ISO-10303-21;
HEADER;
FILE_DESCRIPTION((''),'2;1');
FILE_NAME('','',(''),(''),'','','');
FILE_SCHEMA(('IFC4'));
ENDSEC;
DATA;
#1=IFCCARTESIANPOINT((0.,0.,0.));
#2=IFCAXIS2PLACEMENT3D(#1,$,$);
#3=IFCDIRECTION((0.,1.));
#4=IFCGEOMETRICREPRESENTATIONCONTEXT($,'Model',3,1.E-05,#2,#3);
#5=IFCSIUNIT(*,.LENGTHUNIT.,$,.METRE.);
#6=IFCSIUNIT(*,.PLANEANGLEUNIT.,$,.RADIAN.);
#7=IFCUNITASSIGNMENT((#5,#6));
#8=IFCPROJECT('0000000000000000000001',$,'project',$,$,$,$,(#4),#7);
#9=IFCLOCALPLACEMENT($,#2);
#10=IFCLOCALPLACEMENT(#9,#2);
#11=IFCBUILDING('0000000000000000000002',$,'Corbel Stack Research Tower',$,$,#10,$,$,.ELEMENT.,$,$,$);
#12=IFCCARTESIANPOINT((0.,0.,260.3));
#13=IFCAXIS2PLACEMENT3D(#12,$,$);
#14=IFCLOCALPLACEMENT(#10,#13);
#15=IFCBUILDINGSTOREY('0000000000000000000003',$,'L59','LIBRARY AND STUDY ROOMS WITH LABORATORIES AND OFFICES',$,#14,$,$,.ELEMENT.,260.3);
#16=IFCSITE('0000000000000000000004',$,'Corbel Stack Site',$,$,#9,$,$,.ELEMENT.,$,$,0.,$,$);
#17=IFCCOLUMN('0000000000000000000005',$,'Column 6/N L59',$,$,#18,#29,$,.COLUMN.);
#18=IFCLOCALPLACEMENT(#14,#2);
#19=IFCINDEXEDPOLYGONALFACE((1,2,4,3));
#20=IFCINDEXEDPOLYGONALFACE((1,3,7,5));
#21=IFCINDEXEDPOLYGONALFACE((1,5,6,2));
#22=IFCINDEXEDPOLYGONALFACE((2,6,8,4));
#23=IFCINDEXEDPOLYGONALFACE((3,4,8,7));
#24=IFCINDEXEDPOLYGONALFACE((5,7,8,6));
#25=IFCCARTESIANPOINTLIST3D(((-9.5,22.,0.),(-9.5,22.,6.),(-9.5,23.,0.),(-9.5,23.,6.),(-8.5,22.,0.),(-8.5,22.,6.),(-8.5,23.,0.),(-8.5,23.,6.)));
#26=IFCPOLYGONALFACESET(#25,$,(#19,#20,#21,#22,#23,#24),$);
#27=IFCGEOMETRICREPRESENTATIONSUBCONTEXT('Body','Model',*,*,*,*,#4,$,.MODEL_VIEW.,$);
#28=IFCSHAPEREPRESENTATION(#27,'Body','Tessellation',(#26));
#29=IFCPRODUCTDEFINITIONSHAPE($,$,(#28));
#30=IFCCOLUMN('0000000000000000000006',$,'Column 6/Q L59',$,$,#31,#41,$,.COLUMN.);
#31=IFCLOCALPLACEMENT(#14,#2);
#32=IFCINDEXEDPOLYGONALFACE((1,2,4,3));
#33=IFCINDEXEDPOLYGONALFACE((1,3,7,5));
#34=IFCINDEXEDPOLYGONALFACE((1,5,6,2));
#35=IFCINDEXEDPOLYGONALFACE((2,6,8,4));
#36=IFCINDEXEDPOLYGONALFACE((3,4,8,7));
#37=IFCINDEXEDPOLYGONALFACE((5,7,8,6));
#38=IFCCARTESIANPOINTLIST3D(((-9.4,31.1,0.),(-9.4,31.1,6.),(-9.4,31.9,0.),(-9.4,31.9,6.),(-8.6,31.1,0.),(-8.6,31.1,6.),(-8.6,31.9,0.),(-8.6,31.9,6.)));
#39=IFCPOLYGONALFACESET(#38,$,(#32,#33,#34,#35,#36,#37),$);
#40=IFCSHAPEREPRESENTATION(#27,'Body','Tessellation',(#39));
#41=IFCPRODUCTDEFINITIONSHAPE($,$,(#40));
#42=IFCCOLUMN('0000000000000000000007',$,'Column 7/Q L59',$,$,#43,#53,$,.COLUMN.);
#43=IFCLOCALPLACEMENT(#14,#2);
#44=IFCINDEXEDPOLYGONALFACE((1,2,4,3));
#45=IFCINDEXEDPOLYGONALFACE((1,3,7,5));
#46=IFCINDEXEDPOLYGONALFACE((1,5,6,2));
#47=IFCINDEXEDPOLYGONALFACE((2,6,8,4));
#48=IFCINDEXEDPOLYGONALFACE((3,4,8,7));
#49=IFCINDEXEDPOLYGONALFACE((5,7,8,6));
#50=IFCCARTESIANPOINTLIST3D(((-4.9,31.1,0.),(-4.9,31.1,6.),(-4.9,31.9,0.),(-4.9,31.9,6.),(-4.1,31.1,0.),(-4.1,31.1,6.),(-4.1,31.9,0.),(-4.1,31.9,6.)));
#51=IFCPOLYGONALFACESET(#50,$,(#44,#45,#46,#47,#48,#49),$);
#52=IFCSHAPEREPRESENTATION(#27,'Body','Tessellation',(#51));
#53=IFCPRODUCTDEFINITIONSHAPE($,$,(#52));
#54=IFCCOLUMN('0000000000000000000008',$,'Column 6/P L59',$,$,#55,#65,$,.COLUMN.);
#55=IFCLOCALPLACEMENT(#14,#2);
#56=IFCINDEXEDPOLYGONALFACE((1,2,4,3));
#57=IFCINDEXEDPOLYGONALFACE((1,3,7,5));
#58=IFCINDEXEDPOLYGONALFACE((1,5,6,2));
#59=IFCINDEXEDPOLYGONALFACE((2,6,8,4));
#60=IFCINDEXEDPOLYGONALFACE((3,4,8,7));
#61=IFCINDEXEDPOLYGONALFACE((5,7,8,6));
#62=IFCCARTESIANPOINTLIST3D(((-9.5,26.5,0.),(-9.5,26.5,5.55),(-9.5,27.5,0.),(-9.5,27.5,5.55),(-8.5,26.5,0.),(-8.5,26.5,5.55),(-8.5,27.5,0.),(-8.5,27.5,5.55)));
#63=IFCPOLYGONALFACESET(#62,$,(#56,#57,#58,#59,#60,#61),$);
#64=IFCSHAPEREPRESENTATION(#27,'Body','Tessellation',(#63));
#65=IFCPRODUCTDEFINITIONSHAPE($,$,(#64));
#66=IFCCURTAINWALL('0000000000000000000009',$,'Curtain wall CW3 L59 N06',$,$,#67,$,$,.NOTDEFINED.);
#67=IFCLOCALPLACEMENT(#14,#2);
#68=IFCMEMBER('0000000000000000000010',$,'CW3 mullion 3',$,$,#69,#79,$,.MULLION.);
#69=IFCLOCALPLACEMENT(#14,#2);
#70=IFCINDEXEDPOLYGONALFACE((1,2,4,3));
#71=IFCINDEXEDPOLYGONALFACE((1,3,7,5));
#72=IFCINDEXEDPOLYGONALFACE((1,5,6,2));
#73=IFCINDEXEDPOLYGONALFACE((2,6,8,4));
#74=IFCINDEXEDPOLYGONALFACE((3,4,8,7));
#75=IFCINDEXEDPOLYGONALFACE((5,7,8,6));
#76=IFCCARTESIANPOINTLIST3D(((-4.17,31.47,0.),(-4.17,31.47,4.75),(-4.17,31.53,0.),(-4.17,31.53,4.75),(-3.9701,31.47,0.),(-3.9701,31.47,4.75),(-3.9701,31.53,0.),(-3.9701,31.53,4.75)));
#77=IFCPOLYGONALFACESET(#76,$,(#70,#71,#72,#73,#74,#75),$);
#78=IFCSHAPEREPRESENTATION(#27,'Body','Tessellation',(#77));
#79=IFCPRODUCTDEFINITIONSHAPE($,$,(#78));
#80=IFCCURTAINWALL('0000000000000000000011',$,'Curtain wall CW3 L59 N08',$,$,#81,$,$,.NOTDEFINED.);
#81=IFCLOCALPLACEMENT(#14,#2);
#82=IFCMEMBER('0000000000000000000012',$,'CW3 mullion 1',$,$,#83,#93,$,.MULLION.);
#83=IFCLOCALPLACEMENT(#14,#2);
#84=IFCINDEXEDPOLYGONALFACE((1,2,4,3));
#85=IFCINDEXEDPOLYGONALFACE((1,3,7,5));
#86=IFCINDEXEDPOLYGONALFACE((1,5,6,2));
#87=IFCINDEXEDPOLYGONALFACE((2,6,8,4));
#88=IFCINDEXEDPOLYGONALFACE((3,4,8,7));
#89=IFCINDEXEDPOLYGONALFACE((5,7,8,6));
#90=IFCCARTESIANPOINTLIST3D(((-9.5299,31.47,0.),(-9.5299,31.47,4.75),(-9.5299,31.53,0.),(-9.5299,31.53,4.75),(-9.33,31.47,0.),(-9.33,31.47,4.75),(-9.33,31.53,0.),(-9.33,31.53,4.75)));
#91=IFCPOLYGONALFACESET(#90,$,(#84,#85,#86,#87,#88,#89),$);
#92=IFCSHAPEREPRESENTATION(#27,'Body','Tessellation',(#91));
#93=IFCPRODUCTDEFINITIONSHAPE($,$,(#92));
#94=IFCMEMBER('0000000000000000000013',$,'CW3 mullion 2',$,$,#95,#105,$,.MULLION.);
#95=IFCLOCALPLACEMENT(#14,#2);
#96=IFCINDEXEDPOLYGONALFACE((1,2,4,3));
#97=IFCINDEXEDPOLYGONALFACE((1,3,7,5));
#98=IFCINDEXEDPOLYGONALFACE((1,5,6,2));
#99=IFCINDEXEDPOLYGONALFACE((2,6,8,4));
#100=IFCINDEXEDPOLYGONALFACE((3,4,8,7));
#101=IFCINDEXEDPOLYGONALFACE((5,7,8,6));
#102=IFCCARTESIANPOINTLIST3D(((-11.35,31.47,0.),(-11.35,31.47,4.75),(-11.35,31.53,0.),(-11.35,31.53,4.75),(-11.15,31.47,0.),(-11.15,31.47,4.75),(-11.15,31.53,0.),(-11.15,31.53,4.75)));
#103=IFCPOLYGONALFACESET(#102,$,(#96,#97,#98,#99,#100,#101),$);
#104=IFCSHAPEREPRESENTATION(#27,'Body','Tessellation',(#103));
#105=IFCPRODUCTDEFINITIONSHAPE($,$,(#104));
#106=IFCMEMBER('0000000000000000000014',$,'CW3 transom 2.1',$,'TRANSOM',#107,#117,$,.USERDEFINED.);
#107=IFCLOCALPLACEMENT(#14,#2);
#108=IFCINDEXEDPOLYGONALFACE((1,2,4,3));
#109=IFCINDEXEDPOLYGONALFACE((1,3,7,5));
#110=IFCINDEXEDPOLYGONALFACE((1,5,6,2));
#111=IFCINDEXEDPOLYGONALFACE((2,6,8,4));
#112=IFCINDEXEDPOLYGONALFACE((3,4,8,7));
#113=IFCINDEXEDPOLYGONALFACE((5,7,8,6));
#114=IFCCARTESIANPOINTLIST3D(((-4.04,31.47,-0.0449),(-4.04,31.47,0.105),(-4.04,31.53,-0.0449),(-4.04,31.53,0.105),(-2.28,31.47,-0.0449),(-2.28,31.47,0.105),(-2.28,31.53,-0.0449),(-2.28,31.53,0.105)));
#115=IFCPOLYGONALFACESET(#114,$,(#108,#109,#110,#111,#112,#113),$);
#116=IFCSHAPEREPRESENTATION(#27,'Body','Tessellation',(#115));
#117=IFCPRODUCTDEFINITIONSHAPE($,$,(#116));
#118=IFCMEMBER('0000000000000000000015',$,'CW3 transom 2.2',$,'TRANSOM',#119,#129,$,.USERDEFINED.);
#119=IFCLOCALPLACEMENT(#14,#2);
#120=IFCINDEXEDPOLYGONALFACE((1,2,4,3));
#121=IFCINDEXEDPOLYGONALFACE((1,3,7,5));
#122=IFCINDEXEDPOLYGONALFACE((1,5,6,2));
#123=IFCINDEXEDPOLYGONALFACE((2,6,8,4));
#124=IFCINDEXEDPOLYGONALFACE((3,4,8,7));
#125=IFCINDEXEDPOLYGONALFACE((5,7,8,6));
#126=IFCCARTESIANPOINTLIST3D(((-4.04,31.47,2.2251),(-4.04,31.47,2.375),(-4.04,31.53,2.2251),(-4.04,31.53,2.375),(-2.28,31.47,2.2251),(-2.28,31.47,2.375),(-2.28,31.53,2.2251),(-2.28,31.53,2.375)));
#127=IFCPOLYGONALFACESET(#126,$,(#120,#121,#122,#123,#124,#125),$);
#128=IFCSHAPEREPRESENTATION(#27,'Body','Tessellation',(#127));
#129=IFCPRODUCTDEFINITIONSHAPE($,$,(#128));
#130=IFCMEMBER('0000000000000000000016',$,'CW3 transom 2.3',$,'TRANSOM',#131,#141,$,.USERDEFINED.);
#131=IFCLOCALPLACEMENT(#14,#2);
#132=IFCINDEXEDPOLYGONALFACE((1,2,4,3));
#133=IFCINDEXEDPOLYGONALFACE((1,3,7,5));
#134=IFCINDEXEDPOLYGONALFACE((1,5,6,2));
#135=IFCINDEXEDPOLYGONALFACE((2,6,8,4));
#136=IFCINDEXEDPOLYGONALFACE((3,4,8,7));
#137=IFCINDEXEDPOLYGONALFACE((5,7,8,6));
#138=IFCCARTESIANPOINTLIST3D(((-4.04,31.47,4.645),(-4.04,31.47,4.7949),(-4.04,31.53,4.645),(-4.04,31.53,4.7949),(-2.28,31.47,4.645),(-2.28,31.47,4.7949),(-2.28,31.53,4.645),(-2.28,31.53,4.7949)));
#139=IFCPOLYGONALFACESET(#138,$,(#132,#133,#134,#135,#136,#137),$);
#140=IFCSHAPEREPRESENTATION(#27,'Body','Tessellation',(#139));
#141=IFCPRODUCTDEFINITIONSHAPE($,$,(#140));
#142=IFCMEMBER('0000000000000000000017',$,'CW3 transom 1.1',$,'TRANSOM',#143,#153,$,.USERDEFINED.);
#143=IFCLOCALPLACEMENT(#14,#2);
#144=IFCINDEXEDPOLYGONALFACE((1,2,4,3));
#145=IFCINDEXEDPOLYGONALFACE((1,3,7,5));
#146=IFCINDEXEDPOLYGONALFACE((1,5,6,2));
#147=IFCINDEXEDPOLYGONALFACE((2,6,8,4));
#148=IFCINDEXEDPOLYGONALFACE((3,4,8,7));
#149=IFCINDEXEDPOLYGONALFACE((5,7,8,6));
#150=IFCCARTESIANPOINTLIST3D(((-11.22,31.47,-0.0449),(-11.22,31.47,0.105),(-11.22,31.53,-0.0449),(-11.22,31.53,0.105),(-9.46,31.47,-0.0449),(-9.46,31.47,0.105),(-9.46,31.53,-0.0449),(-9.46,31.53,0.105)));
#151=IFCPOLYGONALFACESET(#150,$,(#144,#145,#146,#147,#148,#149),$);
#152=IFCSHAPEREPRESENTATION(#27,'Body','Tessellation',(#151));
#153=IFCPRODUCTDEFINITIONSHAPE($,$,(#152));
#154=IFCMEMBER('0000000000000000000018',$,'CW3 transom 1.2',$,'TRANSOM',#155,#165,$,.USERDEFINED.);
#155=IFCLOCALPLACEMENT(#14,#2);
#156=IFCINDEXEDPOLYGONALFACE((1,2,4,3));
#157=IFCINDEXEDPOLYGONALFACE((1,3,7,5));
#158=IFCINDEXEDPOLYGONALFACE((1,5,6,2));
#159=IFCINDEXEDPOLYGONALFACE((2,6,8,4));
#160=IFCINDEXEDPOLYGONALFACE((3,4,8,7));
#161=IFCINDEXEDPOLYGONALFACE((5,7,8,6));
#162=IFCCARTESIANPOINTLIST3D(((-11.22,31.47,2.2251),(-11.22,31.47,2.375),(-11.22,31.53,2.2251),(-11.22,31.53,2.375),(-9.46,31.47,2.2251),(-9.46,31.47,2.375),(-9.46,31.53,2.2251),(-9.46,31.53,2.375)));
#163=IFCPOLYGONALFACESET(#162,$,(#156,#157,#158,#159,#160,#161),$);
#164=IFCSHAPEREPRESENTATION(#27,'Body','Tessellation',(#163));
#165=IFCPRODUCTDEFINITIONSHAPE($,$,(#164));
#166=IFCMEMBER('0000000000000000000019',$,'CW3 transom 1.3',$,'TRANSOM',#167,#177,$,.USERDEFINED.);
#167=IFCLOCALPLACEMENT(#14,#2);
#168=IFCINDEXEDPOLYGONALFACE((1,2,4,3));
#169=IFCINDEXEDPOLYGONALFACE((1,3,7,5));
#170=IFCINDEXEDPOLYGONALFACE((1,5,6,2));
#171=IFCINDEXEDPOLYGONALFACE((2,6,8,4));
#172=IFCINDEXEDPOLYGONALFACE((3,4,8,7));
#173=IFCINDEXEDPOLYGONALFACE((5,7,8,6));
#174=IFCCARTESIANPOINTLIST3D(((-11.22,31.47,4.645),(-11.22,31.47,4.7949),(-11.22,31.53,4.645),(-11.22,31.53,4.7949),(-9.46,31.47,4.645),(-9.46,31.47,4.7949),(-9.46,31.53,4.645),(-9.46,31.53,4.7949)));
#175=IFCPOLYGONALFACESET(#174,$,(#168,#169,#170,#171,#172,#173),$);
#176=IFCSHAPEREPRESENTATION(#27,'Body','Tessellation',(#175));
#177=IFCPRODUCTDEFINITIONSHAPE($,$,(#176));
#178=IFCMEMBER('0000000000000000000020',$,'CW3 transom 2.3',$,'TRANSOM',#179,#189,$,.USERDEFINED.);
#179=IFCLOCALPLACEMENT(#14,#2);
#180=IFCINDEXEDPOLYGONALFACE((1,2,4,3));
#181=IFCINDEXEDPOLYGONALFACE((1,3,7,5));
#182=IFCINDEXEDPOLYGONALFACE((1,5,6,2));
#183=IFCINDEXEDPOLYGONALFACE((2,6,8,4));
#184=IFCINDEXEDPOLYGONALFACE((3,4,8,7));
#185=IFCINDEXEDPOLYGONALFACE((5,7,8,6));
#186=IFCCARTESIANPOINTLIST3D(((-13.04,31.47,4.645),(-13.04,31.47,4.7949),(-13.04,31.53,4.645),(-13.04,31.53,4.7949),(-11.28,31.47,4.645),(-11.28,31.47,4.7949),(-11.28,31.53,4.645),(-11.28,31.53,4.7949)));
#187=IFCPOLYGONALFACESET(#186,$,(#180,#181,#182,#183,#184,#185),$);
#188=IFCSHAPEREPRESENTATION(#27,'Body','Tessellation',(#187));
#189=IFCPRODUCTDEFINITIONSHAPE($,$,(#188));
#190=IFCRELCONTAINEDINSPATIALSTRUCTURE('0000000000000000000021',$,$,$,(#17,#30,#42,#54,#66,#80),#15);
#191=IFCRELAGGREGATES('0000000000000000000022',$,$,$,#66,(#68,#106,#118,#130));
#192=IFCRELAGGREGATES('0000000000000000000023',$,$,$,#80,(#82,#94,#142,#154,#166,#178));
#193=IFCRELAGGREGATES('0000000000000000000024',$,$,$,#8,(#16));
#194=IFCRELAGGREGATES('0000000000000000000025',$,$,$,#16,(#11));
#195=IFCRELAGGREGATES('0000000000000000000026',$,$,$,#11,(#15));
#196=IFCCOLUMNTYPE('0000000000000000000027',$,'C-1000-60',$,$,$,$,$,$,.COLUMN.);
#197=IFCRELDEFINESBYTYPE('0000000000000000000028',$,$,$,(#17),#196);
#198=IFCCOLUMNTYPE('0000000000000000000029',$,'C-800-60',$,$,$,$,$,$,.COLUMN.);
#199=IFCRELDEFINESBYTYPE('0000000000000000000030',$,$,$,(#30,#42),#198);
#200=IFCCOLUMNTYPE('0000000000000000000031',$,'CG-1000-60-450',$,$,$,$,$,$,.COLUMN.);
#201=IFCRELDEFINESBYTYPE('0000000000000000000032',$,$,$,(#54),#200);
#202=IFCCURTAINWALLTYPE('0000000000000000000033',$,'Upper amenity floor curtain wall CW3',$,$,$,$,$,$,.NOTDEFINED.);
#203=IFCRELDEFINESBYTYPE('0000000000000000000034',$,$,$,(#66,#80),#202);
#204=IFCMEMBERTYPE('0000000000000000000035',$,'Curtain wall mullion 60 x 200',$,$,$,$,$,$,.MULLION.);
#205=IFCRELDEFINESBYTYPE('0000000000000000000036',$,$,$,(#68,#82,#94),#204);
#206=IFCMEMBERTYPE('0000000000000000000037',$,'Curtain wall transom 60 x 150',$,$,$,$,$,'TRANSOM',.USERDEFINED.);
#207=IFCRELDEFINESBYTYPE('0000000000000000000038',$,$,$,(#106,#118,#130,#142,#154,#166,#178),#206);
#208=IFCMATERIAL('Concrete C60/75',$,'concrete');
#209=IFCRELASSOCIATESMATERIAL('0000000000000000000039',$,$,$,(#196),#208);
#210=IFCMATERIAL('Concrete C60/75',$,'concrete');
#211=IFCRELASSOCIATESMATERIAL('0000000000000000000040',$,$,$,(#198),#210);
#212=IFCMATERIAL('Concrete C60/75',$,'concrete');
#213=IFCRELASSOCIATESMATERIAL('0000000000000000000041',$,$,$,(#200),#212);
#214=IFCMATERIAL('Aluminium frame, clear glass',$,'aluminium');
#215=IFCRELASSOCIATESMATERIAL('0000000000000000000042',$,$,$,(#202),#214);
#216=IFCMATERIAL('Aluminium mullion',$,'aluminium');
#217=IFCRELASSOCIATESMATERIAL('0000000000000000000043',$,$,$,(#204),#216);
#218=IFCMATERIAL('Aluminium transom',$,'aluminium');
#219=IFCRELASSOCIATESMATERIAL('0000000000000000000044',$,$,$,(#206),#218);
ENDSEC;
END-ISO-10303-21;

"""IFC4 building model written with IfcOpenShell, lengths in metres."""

from ifc_helpers import new_model, si_unit, direction, frame, origin, origin_2d, place, context, subcontext, project, spatial, rectangle, extrude, material, material_profile, profile_set, type_object, element, aggregate, save


model = new_model("IFC4")

# Units and contexts
model_context = context("Model", 3, precision=1e-05, world=origin(), true_north=direction((0.0, 1.0)))
body_context = subcontext(model_context, "Body", "Model", "MODEL_VIEW")
ifc_project = project(units=[si_unit("LENGTHUNIT", "METRE"), si_unit("PLANEANGLEUNIT", "RADIAN")], contexts=[model_context])

# Site, building, storey
site_placement = place(None, origin())
site = spatial("IfcSite", under=ifc_project, at=site_placement, Name="Corbel Stack Site", CompositionType="ELEMENT", RefElevation=0.0)
building_placement = place(site_placement, origin())
building = spatial("IfcBuilding", under=site, at=building_placement, Name="Corbel Stack Research Tower", CompositionType="ELEMENT")
storey_placement = place(building_placement, frame((0.0, 0.0, 260.3)))
storey = spatial("IfcBuildingStorey", under=building, at=storey_placement, Name="L59", Description="LIBRARY AND STUDY ROOMS WITH LABORATORIES AND OFFICES", CompositionType="ELEMENT", Elevation=260.3)

# Columns
ifc_material_1 = material(Name="Concrete C60/75", Category="concrete")
ifc_material_profile_1 = material_profile(ifc_material_1, rectangle(XDim=1.0, YDim=1.0, at=origin_2d()), Name="RC 1000 x 1000")
ifc_profile_set_1 = profile_set([ifc_material_profile_1], Name="Concrete C60/75")
column_type_1 = type_object("IfcColumnType", Name="C-1000-60", PredefinedType="COLUMN", material=ifc_profile_set_1)
column_1_placement = place(storey_placement, frame((-9.0, 22.5, 0.0), z_axis=(0.0, 0.0, 1.0), x_axis=(1.0, 0.0, 0.0)))
element("IfcColumn", 1, at=column_1_placement, inside=storey, type_object=column_type_1, Name="Column 6/N L59", PredefinedType="COLUMN", context=body_context, shape_type="SweptSolid", body=[
    extrude(rectangle(XDim=1.0, YDim=1.0, at=origin_2d()), origin(), (0.0, 0.0, 1.0), 6.0),
])
ifc_material_2 = material(Name="Concrete C60/75", Category="concrete")
ifc_material_profile_2 = material_profile(ifc_material_2, rectangle(XDim=0.8, YDim=0.8, at=origin_2d()), Name="RC 800 x 800")
ifc_profile_set_2 = profile_set([ifc_material_profile_2], Name="Concrete C60/75")
column_type_2 = type_object("IfcColumnType", Name="C-800-60", PredefinedType="COLUMN", material=ifc_profile_set_2)
for number, where, z_axis, x_axis, name in (
    (2, (-9.0, 31.5, 0.0), (0.0, 0.0, 1.0), (1.0, 0.0, 0.0), "Column 6/Q L59"),
    (3, (-4.5, 31.5, 0.0), (0.0, 0.0, 1.0), (1.0, 0.0, 0.0), "Column 7/Q L59"),
):
    element("IfcColumn", number, at=place(storey_placement, frame(where, z_axis=z_axis, x_axis=x_axis)), inside=storey, type_object=column_type_2, Name=name, PredefinedType="COLUMN", context=body_context, shape_type="SweptSolid", body=[
        extrude(rectangle(XDim=0.8, YDim=0.8, at=origin_2d()), origin(), (0.0, 0.0, 1.0), 6.0),
    ])
ifc_material_3 = material(Name="Concrete C60/75", Category="concrete")
ifc_material_profile_3 = material_profile(ifc_material_3, rectangle(XDim=1.0, YDim=1.0, at=origin_2d()), Name="RC 1000 x 1000")
ifc_profile_set_3 = profile_set([ifc_material_profile_3], Name="Concrete C60/75")
column_type_3 = type_object("IfcColumnType", Name="CG-1000-60-450", PredefinedType="COLUMN", material=ifc_profile_set_3)
column_2_placement = place(storey_placement, frame((-9.0, 27.0, 0.0), z_axis=(0.0, 0.0, 1.0), x_axis=(1.0, 0.0, 0.0)))
element("IfcColumn", 4, at=column_2_placement, inside=storey, type_object=column_type_3, Name="Column 6/P L59", PredefinedType="COLUMN", context=body_context, shape_type="SweptSolid", body=[
    extrude(rectangle(XDim=1.0, YDim=1.0, at=origin_2d()), origin(), (0.0, 0.0, 1.0), 5.55),
])

# Curtain wall, member
ifc_material_4 = material(Name="Aluminium frame, clear glass", Category="aluminium")
curtain_wall_type = type_object("IfcCurtainWallType", Name="Upper amenity floor curtain wall CW3", PredefinedType="NOTDEFINED", material=ifc_material_4)
curtain_wall_1_placement = place(storey_placement, origin())
curtain_wall_1 = element("IfcCurtainWall", 5, at=curtain_wall_1_placement, inside=storey, type_object=curtain_wall_type, Name="Curtain wall CW3 L59 N06", PredefinedType="NOTDEFINED")
ifc_material_5 = material(Name="Aluminium mullion", Category="aluminium")
ifc_material_profile_4 = material_profile(ifc_material_5, rectangle(XDim=0.0601, YDim=0.2, at=origin_2d()), Name="Mullion 60 x 200")
ifc_profile_set_4 = profile_set([ifc_material_profile_4], Name="Aluminium mullion")
member_type_1 = type_object("IfcMemberType", Name="Curtain wall mullion 60 x 200", PredefinedType="MULLION", material=ifc_profile_set_4)
member_1_placement = place(storey_placement, frame((-4.0701, 31.5, 0.0), z_axis=(0.0, 0.0, 1.0), x_axis=(0.0, -1.0, 0.0)))
member_1 = element("IfcMember", 6, at=member_1_placement, type_object=member_type_1, Name="CW3 mullion 3", PredefinedType="MULLION", context=body_context, shape_type="SweptSolid", body=[
    extrude(rectangle(XDim=0.0601, YDim=0.2, at=origin_2d()), origin(), (0.0, 0.0, 1.0), 4.75),
])

# Curtain wall, members
curtain_wall_2_placement = place(storey_placement, origin())
curtain_wall_2 = element("IfcCurtainWall", 7, at=curtain_wall_2_placement, inside=storey, type_object=curtain_wall_type, Name="Curtain wall CW3 L59 N08", PredefinedType="NOTDEFINED")
member_2_placement = place(storey_placement, frame((-9.4299, 31.5, 0.0), z_axis=(0.0, 0.0, 1.0), x_axis=(0.0, -1.0, 0.0)))
member_2 = element("IfcMember", 8, at=member_2_placement, type_object=member_type_1, Name="CW3 mullion 1", PredefinedType="MULLION", context=body_context, shape_type="SweptSolid", body=[
    extrude(rectangle(XDim=0.0601, YDim=0.2, at=origin_2d()), origin(), (0.0, 0.0, 1.0), 4.75),
])
member_3_placement = place(storey_placement, frame((-11.25, 31.5, 0.0), z_axis=(0.0, 0.0, 1.0), x_axis=(0.0, -1.0, 0.0)))
member_3 = element("IfcMember", 9, at=member_3_placement, type_object=member_type_1, Name="CW3 mullion 2", PredefinedType="MULLION", context=body_context, shape_type="SweptSolid", body=[
    extrude(rectangle(XDim=0.0601, YDim=0.2, at=origin_2d()), origin(), (0.0, 0.0, 1.0), 4.75),
])

# Members
ifc_material_6 = material(Name="Aluminium transom", Category="aluminium")
ifc_material_profile_5 = material_profile(ifc_material_6, rectangle(XDim=0.0601, YDim=0.1499, at=origin_2d()), Name="Transom 60 x 150")
ifc_profile_set_5 = profile_set([ifc_material_profile_5], Name="Aluminium transom")
member_type_2 = type_object("IfcMemberType", Name="Curtain wall transom 60 x 150", ElementType="TRANSOM", PredefinedType="USERDEFINED", material=ifc_profile_set_5)
member_4_placement = place(storey_placement, frame((-2.28, 31.5, 0.03), z_axis=(-1.0, 0.0, 0.0), x_axis=(0.0, -1.0, 0.0)))
member_4 = element("IfcMember", 10, at=member_4_placement, type_object=member_type_2, Name="CW3 transom 2.1", ObjectType="TRANSOM", PredefinedType="USERDEFINED", context=body_context, shape_type="SweptSolid", body=[
    extrude(rectangle(XDim=0.0601, YDim=0.1499, at=origin_2d()), origin(), (0.0, 0.0, 1.0), 1.76),
])
member_5_placement = place(storey_placement, frame((-2.28, 31.5, 2.3), z_axis=(-1.0, 0.0, 0.0), x_axis=(0.0, -1.0, 0.0)))
member_5 = element("IfcMember", 11, at=member_5_placement, type_object=member_type_2, Name="CW3 transom 2.2", ObjectType="TRANSOM", PredefinedType="USERDEFINED", context=body_context, shape_type="SweptSolid", body=[
    extrude(rectangle(XDim=0.0601, YDim=0.1499, at=origin_2d()), origin(), (0.0, 0.0, 1.0), 1.76),
])
member_6_placement = place(storey_placement, frame((-2.28, 31.5, 4.72), z_axis=(-1.0, 0.0, 0.0), x_axis=(0.0, -1.0, 0.0)))
member_6 = element("IfcMember", 12, at=member_6_placement, type_object=member_type_2, Name="CW3 transom 2.3", ObjectType="TRANSOM", PredefinedType="USERDEFINED", context=body_context, shape_type="SweptSolid", body=[
    extrude(rectangle(XDim=0.0601, YDim=0.1499, at=origin_2d()), origin(), (0.0, 0.0, 1.0), 1.76),
])
member_7_placement = place(storey_placement, frame((-9.46, 31.5, 0.03), z_axis=(-1.0, 0.0, 0.0), x_axis=(0.0, -1.0, 0.0)))
member_7 = element("IfcMember", 13, at=member_7_placement, type_object=member_type_2, Name="CW3 transom 1.1", ObjectType="TRANSOM", PredefinedType="USERDEFINED", context=body_context, shape_type="SweptSolid", body=[
    extrude(rectangle(XDim=0.0601, YDim=0.1499, at=origin_2d()), origin(), (0.0, 0.0, 1.0), 1.76),
])
member_8_placement = place(storey_placement, frame((-9.46, 31.5, 2.3), z_axis=(-1.0, 0.0, 0.0), x_axis=(0.0, -1.0, 0.0)))
member_8 = element("IfcMember", 14, at=member_8_placement, type_object=member_type_2, Name="CW3 transom 1.2", ObjectType="TRANSOM", PredefinedType="USERDEFINED", context=body_context, shape_type="SweptSolid", body=[
    extrude(rectangle(XDim=0.0601, YDim=0.1499, at=origin_2d()), origin(), (0.0, 0.0, 1.0), 1.76),
])
member_9_placement = place(storey_placement, frame((-9.46, 31.5, 4.72), z_axis=(-1.0, 0.0, 0.0), x_axis=(0.0, -1.0, 0.0)))
member_9 = element("IfcMember", 15, at=member_9_placement, type_object=member_type_2, Name="CW3 transom 1.3", ObjectType="TRANSOM", PredefinedType="USERDEFINED", context=body_context, shape_type="SweptSolid", body=[
    extrude(rectangle(XDim=0.0601, YDim=0.1499, at=origin_2d()), origin(), (0.0, 0.0, 1.0), 1.76),
])
member_10_placement = place(storey_placement, frame((-11.28, 31.5, 4.72), z_axis=(-1.0, 0.0, 0.0), x_axis=(0.0, -1.0, 0.0)))
member_10 = element("IfcMember", 16, at=member_10_placement, type_object=member_type_2, Name="CW3 transom 2.3", ObjectType="TRANSOM", PredefinedType="USERDEFINED", context=body_context, shape_type="SweptSolid", body=[
    extrude(rectangle(XDim=0.0601, YDim=0.1499, at=origin_2d()), origin(), (0.0, 0.0, 1.0), 1.76),
])

aggregate(curtain_wall_1, [member_1, member_4, member_5, member_6])
aggregate(curtain_wall_2, [member_2, member_3, member_7, member_8, member_9, member_10])

save(model, "model.ifc")
